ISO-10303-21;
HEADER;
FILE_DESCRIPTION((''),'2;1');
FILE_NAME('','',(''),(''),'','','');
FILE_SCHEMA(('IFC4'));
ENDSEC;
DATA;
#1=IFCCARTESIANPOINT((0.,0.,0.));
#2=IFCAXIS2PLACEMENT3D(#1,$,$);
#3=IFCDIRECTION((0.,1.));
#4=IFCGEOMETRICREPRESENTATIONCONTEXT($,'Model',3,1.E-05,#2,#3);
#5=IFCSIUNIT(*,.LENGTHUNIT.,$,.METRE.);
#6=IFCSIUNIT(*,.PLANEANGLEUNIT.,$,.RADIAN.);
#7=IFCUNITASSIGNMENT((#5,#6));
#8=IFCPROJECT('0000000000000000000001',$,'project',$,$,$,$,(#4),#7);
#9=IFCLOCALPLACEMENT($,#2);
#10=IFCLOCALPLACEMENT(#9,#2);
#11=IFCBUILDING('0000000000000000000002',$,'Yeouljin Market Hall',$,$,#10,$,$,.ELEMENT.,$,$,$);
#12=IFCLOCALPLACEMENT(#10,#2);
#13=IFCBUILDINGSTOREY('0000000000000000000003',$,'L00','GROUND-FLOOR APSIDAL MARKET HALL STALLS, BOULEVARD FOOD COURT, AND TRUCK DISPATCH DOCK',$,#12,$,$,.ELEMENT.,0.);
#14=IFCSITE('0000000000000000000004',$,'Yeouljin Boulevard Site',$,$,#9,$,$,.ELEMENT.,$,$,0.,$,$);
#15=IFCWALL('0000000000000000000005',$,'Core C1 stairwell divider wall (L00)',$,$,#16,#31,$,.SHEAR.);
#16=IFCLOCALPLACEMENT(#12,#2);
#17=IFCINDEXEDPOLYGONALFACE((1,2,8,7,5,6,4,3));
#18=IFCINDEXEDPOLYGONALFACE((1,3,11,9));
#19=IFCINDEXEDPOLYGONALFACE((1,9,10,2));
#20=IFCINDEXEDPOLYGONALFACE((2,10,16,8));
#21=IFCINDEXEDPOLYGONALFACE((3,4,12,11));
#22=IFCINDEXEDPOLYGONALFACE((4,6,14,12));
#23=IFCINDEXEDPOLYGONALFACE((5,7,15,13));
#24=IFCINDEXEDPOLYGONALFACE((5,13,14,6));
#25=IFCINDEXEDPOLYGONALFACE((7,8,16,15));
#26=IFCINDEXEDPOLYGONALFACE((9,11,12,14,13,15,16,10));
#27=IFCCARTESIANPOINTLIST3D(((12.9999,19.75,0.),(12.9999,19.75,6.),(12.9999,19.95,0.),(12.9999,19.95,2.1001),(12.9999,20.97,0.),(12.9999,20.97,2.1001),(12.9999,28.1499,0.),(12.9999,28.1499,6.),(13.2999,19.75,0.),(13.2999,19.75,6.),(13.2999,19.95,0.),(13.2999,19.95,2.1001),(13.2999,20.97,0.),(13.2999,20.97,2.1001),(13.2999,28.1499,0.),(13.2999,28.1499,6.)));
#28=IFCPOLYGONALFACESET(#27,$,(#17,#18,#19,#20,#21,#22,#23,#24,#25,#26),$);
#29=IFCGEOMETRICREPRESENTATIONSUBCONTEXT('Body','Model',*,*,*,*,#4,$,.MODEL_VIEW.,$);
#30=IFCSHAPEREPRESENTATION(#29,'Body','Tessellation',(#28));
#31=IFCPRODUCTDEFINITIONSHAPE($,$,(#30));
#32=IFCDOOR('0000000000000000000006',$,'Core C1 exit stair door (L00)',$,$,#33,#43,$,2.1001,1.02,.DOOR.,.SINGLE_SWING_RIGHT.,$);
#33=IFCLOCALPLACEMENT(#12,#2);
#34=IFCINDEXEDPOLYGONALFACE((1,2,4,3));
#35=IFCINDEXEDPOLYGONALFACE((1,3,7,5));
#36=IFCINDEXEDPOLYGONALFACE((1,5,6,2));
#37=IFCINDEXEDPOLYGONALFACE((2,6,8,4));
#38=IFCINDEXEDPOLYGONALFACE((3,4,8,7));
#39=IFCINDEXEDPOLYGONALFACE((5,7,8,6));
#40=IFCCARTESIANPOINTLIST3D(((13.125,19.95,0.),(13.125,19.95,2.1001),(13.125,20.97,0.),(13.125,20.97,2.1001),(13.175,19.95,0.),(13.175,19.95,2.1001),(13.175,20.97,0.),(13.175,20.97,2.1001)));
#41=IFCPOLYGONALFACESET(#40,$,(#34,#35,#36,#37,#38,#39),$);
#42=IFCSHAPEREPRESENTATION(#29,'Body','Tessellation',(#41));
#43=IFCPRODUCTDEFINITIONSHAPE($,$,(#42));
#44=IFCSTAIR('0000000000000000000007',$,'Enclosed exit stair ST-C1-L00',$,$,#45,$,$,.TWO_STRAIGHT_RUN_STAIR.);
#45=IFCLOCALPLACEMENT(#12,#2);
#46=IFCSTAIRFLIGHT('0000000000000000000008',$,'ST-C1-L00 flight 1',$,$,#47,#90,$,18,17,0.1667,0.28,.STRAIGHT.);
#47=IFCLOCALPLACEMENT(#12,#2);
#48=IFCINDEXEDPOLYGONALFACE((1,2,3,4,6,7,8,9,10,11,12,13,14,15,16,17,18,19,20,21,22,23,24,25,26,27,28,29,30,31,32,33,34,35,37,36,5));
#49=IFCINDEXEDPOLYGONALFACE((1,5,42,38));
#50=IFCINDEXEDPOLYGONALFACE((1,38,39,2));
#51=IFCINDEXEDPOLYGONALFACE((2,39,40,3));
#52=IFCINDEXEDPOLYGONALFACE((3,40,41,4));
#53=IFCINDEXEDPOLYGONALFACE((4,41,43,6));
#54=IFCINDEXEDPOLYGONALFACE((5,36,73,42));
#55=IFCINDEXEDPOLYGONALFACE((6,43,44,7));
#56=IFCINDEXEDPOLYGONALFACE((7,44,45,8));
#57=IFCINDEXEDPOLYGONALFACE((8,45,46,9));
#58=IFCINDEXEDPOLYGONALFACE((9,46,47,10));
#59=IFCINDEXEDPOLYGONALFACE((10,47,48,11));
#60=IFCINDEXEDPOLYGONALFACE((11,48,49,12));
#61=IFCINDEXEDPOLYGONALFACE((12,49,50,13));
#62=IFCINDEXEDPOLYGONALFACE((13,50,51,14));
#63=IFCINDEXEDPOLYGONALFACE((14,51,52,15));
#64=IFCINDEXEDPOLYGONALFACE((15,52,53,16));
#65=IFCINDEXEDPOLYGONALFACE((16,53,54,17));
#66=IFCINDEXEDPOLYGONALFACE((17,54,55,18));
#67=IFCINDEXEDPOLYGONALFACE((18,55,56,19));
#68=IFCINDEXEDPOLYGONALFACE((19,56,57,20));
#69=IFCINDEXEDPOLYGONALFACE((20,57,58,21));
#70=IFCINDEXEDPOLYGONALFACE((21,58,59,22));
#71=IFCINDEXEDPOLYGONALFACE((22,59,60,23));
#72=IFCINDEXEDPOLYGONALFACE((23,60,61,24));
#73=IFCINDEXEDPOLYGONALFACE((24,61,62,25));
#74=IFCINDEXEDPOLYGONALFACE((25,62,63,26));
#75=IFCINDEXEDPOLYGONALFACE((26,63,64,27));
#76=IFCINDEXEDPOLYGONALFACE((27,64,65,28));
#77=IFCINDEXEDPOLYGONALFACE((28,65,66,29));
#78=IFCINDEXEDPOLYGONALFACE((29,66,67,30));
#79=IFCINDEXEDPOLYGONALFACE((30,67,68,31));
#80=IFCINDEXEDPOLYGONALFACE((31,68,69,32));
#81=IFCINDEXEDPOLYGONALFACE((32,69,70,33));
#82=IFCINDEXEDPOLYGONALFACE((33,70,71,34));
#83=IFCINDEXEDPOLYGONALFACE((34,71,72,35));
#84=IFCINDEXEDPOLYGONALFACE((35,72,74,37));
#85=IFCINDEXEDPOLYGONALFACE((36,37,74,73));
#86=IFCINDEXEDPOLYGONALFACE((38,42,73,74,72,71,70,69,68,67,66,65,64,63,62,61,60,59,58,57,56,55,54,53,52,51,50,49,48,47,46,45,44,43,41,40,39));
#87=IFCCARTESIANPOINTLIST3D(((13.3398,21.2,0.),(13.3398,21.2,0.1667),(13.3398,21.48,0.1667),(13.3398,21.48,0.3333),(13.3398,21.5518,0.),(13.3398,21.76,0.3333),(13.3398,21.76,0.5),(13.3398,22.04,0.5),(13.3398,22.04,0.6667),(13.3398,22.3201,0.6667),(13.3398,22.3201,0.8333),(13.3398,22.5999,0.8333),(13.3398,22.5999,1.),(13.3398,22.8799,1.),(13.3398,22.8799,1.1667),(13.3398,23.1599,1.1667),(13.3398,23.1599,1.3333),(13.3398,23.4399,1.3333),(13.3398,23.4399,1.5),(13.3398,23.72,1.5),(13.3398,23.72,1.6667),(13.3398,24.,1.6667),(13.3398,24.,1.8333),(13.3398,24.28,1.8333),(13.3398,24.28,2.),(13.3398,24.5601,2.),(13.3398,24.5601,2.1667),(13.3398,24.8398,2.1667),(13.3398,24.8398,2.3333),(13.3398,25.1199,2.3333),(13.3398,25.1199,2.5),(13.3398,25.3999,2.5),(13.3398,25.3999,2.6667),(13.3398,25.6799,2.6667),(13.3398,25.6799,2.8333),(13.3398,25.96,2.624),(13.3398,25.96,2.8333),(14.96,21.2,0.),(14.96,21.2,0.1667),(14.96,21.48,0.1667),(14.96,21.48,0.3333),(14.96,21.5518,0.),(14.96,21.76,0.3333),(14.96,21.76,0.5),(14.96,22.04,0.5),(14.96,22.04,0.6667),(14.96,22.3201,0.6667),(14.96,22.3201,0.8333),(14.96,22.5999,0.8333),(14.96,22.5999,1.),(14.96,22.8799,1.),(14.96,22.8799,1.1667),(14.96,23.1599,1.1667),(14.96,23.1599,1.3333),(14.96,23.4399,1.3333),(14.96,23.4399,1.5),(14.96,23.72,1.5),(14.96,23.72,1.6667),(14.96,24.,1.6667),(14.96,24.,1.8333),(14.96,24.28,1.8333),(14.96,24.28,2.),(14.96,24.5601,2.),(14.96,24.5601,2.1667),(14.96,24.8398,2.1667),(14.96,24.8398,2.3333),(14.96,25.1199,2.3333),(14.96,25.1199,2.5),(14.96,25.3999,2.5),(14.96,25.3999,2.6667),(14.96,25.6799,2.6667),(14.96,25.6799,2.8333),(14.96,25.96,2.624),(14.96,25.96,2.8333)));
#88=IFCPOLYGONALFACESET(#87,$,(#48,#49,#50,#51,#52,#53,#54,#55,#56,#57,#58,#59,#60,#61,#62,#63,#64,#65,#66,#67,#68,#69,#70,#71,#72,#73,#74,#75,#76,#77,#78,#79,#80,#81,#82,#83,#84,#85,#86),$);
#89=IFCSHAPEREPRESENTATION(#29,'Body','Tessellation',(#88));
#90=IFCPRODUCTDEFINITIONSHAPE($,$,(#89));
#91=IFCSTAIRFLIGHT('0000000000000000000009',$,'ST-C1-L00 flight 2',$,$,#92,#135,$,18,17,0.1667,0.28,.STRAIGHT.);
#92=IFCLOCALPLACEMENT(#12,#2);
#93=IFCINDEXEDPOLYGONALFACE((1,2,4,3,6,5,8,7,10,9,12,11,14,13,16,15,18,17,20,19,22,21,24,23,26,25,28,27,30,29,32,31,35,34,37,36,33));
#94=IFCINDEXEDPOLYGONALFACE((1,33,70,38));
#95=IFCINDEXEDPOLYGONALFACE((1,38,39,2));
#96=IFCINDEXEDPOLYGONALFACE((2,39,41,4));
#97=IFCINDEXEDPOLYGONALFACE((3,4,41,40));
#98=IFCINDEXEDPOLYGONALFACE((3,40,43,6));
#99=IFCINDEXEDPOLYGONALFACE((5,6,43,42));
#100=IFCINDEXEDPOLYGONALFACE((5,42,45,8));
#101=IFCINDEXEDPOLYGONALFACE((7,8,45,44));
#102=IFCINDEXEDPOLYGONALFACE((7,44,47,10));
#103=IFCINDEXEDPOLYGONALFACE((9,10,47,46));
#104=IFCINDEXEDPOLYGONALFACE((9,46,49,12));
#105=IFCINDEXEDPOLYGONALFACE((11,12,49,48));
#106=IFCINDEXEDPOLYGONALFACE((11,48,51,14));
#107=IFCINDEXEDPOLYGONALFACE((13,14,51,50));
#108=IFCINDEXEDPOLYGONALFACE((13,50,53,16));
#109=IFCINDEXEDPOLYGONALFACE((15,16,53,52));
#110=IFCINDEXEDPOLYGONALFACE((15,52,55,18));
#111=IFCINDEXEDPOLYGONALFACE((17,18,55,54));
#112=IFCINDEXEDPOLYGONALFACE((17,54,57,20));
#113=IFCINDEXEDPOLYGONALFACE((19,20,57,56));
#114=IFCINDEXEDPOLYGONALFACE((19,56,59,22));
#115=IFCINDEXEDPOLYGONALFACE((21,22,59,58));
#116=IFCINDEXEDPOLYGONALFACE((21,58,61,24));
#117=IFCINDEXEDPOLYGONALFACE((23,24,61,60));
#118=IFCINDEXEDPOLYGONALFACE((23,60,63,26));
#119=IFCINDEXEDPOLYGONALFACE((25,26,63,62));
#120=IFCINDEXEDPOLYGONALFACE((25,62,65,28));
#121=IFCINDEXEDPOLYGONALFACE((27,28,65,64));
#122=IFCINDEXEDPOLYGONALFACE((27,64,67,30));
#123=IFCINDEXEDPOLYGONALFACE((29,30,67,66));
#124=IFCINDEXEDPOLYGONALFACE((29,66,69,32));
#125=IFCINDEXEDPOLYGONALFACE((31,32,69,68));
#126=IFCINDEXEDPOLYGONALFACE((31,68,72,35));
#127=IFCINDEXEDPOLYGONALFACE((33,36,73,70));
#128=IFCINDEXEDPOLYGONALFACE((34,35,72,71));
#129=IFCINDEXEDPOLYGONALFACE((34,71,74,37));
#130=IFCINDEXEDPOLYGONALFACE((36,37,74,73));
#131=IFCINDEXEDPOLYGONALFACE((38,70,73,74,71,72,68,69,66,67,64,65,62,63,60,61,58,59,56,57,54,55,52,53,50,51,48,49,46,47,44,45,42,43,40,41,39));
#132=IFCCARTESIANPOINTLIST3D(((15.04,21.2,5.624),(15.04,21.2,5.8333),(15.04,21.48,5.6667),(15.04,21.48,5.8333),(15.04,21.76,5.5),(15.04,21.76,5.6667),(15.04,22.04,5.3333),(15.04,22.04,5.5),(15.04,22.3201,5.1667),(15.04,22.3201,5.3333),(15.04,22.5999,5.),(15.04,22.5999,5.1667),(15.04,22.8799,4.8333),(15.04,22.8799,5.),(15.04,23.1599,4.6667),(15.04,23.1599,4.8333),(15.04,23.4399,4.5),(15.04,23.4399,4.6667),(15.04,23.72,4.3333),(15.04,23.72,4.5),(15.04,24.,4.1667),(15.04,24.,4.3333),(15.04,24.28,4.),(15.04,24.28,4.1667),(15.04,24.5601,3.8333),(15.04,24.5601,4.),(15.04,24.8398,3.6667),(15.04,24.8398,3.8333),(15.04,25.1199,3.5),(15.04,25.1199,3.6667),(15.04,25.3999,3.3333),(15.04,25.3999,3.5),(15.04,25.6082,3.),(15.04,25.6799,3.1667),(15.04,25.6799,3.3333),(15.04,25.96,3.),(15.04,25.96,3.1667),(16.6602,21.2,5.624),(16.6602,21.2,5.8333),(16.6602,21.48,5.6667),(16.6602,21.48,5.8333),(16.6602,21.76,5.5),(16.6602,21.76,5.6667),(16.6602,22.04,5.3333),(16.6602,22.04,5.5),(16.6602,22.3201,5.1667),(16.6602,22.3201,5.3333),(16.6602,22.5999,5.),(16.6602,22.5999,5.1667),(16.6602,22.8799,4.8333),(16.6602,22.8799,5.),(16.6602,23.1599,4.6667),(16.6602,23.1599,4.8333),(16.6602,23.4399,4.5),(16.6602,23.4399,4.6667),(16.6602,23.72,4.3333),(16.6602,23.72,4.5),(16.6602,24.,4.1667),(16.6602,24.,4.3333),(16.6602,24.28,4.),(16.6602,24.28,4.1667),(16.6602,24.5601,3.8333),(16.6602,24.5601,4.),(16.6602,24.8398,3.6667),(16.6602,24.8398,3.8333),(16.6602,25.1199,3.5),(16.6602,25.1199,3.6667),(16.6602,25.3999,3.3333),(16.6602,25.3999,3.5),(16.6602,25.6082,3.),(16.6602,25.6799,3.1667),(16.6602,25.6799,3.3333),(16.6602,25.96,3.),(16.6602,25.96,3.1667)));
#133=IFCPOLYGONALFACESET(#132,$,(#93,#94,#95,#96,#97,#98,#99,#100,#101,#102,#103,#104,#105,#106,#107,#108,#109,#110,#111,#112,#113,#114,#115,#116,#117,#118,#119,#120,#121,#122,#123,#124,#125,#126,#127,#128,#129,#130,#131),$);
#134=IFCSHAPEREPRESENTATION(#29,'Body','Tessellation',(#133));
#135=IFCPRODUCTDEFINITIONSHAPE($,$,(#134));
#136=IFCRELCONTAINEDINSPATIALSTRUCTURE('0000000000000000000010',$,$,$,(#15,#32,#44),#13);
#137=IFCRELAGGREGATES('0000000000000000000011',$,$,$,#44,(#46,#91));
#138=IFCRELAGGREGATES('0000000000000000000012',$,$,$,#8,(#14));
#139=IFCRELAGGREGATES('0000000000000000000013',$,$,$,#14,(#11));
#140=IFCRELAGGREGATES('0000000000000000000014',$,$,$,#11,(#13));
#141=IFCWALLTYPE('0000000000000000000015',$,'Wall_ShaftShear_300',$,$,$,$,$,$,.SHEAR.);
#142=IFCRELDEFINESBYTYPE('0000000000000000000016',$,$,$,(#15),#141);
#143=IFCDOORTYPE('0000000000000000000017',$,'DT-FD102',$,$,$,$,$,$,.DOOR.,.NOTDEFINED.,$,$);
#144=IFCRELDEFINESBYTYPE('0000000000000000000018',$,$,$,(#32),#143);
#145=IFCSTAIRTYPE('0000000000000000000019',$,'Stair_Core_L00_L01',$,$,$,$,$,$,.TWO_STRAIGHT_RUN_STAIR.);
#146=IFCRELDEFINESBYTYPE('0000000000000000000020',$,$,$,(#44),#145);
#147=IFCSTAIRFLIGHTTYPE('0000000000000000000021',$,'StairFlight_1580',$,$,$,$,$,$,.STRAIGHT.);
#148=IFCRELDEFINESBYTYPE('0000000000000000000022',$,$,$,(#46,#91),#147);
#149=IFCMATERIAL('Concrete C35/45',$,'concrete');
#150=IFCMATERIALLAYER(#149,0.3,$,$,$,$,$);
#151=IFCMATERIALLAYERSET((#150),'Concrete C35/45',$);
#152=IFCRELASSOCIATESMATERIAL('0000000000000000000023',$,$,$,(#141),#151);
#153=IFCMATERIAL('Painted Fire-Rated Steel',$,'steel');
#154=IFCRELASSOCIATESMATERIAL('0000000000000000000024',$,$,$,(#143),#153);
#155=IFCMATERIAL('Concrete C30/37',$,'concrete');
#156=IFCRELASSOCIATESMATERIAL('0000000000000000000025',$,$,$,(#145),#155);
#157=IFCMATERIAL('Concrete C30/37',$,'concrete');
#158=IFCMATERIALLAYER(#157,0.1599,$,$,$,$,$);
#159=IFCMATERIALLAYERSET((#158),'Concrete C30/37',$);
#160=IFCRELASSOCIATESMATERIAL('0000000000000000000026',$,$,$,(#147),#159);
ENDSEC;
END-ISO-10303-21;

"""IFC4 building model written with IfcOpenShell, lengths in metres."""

from ifc_helpers import new_model, si_unit, direction, frame, frame_2d, origin, place, context, subcontext, project, spatial, polyline, rectangle, outline, extrude, material, layer, layer_set, type_object, element, fill, aggregate, save


model = new_model("IFC4")

# Units and contexts
model_context = context("Model", 3, precision=1e-05, world=origin(), true_north=direction((0.0, 1.0)))
body_context = subcontext(model_context, "Body", "Model", "MODEL_VIEW")
ifc_project = project(units=[si_unit("LENGTHUNIT", "METRE"), si_unit("PLANEANGLEUNIT", "RADIAN")], contexts=[model_context])

# Site, building, storey
site_placement = place(None, origin())
site = spatial("IfcSite", under=ifc_project, at=site_placement, Name="Yeouljin Boulevard Site", CompositionType="ELEMENT", RefElevation=0.0)
building_placement = place(site_placement, origin())
building = spatial("IfcBuilding", under=site, at=building_placement, Name="Yeouljin Market Hall", CompositionType="ELEMENT")
storey_placement = place(building_placement, origin())
storey = spatial("IfcBuildingStorey", under=building, at=storey_placement, Name="L00", Description="GROUND-FLOOR APSIDAL MARKET HALL STALLS, BOULEVARD FOOD COURT, AND TRUCK DISPATCH DOCK", CompositionType="ELEMENT", Elevation=0.0)

# Wall, opening, door
ifc_material_1 = material(Name="Concrete C35/45", Category="concrete")
ifc_layer_1 = layer(ifc_material_1, 0.3)
ifc_layer_set_1 = layer_set([ifc_layer_1], Name="Concrete C35/45")
wall_type_1 = type_object("IfcWallType", Name="Wall_ShaftShear_300", PredefinedType="SHEAR", material=ifc_layer_set_1)
wall_1_placement = place(storey_placement, frame((13.1499, 19.75, 0.0), z_axis=(0.0, 0.0, 1.0), x_axis=(0.0, 1.0, 0.0)))
wall_1 = element("IfcWall", 1, at=wall_1_placement, inside=storey, type_object=wall_type_1, Name="Core C1 stairwell divider wall (L00)", PredefinedType="SHEAR", context=body_context, shape_type="SweptSolid", body=[
    extrude(rectangle(XDim=8.3999, YDim=0.3, at=frame_2d((4.2, 0.0))), origin(), (0.0, 0.0, 1.0), 6.0),
])
opening_1_placement = place(wall_1_placement, frame((0.2, 0.0, 0.0)))
opening_1 = element("IfcOpeningElement", 2, at=opening_1_placement, cuts=wall_1, PredefinedType="OPENING", context=body_context, shape_type="SweptSolid", body=[
    extrude(rectangle(XDim=1.02, YDim=2.1001, at=frame_2d((0.51, 1.05))), frame((0.0, 0.1599, 0.0), z_axis=(0.0, -1.0, 0.0), x_axis=(1.0, 0.0, 0.0)), (0.0, 0.0, 1.0), 0.3201),
])
ifc_material_2 = material(Name="Painted Fire-Rated Steel", Category="steel")
door_type_1 = type_object("IfcDoorType", Name="DT-FD102", OperationType="NOTDEFINED", PredefinedType="DOOR", material=ifc_material_2)
door_1_placement = place(opening_1_placement, origin())
door_1 = element("IfcDoor", 3, at=door_1_placement, inside=storey, type_object=door_type_1, Name="Core C1 exit stair door (L00)", OperationType="SINGLE_SWING_RIGHT", OverallHeight=2.1001, OverallWidth=1.02, PredefinedType="DOOR", context=body_context, shape_type="SweptSolid", body=[
    extrude(rectangle(XDim=1.02, YDim=2.1001, at=frame_2d((0.51, 1.05))), frame((0.0, 0.0249, 0.0), z_axis=(0.0, -1.0, 0.0), x_axis=(1.0, 0.0, 0.0)), (0.0, 0.0, 1.0), 0.05),
])
fill(opening_1, door_1)

# Stair, stair flights
ifc_material_3 = material(Name="Concrete C30/37", Category="concrete")
stair_type = type_object("IfcStairType", Name="Stair_Core_L00_L01", PredefinedType="TWO_STRAIGHT_RUN_STAIR", material=ifc_material_3)
stair_placement = place(storey_placement, origin())
stair = element("IfcStair", 4, at=stair_placement, inside=storey, type_object=stair_type, Name="Enclosed exit stair ST-C1-L00", PredefinedType="TWO_STRAIGHT_RUN_STAIR")
ifc_material_4 = material(Name="Concrete C30/37", Category="concrete")
ifc_layer_2 = layer(ifc_material_4, 0.1599)
ifc_layer_set_2 = layer_set([ifc_layer_2], Name="Concrete C30/37")
stair_flight_type = type_object("IfcStairFlightType", Name="StairFlight_1580", PredefinedType="STRAIGHT", material=ifc_layer_set_2)
stair_flight_1_placement = place(storey_placement, frame((14.1499, 21.2, 0.0), z_axis=(0.0, 0.0, 1.0), x_axis=(0.0, 1.0, 0.0)))
stair_flight_1 = element("IfcStairFlight", 5, at=stair_flight_1_placement, type_object=stair_flight_type, Name="ST-C1-L00 flight 1", NumberOfRisers=18, NumberOfTreads=17, PredefinedType="STRAIGHT", RiserHeight=0.1667, TreadLength=0.28, context=body_context, shape_type="SweptSolid", body=[
    extrude(outline(polyline([(0.0, 0.0), (0.0, 0.1667), (0.28, 0.1667), (0.28, 0.3333), (0.5601, 0.3333), (0.5601, 0.5), (0.8401, 0.5), (0.8401, 0.6667), (1.1201, 0.6667), (1.1201, 0.8333), (1.3999, 0.8333), (1.3999, 1.0), (1.6799, 1.0), (1.6799, 1.1667), (1.96, 1.1667), (1.96, 1.3333), (2.24, 1.3333), (2.24, 1.5), (2.52, 1.5), (2.52, 1.6667), (2.8, 1.6667), (2.8, 1.8333), (3.0801, 1.8333), (3.0801, 2.0), (3.3601, 2.0), (3.3601, 2.1667), (3.6399, 2.1667), (3.6399, 2.3333), (3.9199, 2.3333), (3.9199, 2.5), (4.2, 2.5), (4.2, 2.6667), (4.48, 2.6667), (4.48, 2.8333), (4.76, 2.8333), (4.76, 3.0), (4.76, 2.624), (0.3518, 0.0), (0.0, 0.0)])), frame((0.0, 0.8101, 0.0), z_axis=(0.0, -1.0, 0.0), x_axis=(1.0, 0.0, 0.0)), (0.0, 0.0, 1.0), 1.6201),
])
stair_flight_2_placement = place(storey_placement, frame((15.8501, 25.96, 3.0), z_axis=(0.0, 0.0, 1.0), x_axis=(0.0, -1.0, 0.0)))
stair_flight_2 = element("IfcStairFlight", 6, at=stair_flight_2_placement, type_object=stair_flight_type, Name="ST-C1-L00 flight 2", NumberOfRisers=18, NumberOfTreads=17, PredefinedType="STRAIGHT", RiserHeight=0.1667, TreadLength=0.28, context=body_context, shape_type="SweptSolid", body=[
    extrude(outline(polyline([(0.0, 0.0), (0.0, 0.1667), (0.28, 0.1667), (0.28, 0.3333), (0.5601, 0.3333), (0.5601, 0.5), (0.8401, 0.5), (0.8401, 0.6667), (1.1201, 0.6667), (1.1201, 0.8333), (1.3999, 0.8333), (1.3999, 1.0), (1.6799, 1.0), (1.6799, 1.1667), (1.96, 1.1667), (1.96, 1.3333), (2.24, 1.3333), (2.24, 1.5), (2.52, 1.5), (2.52, 1.6667), (2.8, 1.6667), (2.8, 1.8333), (3.0801, 1.8333), (3.0801, 2.0), (3.3601, 2.0), (3.3601, 2.1667), (3.6399, 2.1667), (3.6399, 2.3333), (3.9199, 2.3333), (3.9199, 2.5), (4.2, 2.5), (4.2, 2.6667), (4.48, 2.6667), (4.48, 2.8333), (4.76, 2.8333), (4.76, 3.0), (4.76, 2.624), (0.3518, 0.0), (0.0, 0.0)])), frame((0.0, 0.8101, 0.0), z_axis=(0.0, -1.0, 0.0), x_axis=(1.0, 0.0, 0.0)), (0.0, 0.0, 1.0), 1.6201),
])
aggregate(stair, [stair_flight_1, stair_flight_2])

save(model, "model.ifc")
